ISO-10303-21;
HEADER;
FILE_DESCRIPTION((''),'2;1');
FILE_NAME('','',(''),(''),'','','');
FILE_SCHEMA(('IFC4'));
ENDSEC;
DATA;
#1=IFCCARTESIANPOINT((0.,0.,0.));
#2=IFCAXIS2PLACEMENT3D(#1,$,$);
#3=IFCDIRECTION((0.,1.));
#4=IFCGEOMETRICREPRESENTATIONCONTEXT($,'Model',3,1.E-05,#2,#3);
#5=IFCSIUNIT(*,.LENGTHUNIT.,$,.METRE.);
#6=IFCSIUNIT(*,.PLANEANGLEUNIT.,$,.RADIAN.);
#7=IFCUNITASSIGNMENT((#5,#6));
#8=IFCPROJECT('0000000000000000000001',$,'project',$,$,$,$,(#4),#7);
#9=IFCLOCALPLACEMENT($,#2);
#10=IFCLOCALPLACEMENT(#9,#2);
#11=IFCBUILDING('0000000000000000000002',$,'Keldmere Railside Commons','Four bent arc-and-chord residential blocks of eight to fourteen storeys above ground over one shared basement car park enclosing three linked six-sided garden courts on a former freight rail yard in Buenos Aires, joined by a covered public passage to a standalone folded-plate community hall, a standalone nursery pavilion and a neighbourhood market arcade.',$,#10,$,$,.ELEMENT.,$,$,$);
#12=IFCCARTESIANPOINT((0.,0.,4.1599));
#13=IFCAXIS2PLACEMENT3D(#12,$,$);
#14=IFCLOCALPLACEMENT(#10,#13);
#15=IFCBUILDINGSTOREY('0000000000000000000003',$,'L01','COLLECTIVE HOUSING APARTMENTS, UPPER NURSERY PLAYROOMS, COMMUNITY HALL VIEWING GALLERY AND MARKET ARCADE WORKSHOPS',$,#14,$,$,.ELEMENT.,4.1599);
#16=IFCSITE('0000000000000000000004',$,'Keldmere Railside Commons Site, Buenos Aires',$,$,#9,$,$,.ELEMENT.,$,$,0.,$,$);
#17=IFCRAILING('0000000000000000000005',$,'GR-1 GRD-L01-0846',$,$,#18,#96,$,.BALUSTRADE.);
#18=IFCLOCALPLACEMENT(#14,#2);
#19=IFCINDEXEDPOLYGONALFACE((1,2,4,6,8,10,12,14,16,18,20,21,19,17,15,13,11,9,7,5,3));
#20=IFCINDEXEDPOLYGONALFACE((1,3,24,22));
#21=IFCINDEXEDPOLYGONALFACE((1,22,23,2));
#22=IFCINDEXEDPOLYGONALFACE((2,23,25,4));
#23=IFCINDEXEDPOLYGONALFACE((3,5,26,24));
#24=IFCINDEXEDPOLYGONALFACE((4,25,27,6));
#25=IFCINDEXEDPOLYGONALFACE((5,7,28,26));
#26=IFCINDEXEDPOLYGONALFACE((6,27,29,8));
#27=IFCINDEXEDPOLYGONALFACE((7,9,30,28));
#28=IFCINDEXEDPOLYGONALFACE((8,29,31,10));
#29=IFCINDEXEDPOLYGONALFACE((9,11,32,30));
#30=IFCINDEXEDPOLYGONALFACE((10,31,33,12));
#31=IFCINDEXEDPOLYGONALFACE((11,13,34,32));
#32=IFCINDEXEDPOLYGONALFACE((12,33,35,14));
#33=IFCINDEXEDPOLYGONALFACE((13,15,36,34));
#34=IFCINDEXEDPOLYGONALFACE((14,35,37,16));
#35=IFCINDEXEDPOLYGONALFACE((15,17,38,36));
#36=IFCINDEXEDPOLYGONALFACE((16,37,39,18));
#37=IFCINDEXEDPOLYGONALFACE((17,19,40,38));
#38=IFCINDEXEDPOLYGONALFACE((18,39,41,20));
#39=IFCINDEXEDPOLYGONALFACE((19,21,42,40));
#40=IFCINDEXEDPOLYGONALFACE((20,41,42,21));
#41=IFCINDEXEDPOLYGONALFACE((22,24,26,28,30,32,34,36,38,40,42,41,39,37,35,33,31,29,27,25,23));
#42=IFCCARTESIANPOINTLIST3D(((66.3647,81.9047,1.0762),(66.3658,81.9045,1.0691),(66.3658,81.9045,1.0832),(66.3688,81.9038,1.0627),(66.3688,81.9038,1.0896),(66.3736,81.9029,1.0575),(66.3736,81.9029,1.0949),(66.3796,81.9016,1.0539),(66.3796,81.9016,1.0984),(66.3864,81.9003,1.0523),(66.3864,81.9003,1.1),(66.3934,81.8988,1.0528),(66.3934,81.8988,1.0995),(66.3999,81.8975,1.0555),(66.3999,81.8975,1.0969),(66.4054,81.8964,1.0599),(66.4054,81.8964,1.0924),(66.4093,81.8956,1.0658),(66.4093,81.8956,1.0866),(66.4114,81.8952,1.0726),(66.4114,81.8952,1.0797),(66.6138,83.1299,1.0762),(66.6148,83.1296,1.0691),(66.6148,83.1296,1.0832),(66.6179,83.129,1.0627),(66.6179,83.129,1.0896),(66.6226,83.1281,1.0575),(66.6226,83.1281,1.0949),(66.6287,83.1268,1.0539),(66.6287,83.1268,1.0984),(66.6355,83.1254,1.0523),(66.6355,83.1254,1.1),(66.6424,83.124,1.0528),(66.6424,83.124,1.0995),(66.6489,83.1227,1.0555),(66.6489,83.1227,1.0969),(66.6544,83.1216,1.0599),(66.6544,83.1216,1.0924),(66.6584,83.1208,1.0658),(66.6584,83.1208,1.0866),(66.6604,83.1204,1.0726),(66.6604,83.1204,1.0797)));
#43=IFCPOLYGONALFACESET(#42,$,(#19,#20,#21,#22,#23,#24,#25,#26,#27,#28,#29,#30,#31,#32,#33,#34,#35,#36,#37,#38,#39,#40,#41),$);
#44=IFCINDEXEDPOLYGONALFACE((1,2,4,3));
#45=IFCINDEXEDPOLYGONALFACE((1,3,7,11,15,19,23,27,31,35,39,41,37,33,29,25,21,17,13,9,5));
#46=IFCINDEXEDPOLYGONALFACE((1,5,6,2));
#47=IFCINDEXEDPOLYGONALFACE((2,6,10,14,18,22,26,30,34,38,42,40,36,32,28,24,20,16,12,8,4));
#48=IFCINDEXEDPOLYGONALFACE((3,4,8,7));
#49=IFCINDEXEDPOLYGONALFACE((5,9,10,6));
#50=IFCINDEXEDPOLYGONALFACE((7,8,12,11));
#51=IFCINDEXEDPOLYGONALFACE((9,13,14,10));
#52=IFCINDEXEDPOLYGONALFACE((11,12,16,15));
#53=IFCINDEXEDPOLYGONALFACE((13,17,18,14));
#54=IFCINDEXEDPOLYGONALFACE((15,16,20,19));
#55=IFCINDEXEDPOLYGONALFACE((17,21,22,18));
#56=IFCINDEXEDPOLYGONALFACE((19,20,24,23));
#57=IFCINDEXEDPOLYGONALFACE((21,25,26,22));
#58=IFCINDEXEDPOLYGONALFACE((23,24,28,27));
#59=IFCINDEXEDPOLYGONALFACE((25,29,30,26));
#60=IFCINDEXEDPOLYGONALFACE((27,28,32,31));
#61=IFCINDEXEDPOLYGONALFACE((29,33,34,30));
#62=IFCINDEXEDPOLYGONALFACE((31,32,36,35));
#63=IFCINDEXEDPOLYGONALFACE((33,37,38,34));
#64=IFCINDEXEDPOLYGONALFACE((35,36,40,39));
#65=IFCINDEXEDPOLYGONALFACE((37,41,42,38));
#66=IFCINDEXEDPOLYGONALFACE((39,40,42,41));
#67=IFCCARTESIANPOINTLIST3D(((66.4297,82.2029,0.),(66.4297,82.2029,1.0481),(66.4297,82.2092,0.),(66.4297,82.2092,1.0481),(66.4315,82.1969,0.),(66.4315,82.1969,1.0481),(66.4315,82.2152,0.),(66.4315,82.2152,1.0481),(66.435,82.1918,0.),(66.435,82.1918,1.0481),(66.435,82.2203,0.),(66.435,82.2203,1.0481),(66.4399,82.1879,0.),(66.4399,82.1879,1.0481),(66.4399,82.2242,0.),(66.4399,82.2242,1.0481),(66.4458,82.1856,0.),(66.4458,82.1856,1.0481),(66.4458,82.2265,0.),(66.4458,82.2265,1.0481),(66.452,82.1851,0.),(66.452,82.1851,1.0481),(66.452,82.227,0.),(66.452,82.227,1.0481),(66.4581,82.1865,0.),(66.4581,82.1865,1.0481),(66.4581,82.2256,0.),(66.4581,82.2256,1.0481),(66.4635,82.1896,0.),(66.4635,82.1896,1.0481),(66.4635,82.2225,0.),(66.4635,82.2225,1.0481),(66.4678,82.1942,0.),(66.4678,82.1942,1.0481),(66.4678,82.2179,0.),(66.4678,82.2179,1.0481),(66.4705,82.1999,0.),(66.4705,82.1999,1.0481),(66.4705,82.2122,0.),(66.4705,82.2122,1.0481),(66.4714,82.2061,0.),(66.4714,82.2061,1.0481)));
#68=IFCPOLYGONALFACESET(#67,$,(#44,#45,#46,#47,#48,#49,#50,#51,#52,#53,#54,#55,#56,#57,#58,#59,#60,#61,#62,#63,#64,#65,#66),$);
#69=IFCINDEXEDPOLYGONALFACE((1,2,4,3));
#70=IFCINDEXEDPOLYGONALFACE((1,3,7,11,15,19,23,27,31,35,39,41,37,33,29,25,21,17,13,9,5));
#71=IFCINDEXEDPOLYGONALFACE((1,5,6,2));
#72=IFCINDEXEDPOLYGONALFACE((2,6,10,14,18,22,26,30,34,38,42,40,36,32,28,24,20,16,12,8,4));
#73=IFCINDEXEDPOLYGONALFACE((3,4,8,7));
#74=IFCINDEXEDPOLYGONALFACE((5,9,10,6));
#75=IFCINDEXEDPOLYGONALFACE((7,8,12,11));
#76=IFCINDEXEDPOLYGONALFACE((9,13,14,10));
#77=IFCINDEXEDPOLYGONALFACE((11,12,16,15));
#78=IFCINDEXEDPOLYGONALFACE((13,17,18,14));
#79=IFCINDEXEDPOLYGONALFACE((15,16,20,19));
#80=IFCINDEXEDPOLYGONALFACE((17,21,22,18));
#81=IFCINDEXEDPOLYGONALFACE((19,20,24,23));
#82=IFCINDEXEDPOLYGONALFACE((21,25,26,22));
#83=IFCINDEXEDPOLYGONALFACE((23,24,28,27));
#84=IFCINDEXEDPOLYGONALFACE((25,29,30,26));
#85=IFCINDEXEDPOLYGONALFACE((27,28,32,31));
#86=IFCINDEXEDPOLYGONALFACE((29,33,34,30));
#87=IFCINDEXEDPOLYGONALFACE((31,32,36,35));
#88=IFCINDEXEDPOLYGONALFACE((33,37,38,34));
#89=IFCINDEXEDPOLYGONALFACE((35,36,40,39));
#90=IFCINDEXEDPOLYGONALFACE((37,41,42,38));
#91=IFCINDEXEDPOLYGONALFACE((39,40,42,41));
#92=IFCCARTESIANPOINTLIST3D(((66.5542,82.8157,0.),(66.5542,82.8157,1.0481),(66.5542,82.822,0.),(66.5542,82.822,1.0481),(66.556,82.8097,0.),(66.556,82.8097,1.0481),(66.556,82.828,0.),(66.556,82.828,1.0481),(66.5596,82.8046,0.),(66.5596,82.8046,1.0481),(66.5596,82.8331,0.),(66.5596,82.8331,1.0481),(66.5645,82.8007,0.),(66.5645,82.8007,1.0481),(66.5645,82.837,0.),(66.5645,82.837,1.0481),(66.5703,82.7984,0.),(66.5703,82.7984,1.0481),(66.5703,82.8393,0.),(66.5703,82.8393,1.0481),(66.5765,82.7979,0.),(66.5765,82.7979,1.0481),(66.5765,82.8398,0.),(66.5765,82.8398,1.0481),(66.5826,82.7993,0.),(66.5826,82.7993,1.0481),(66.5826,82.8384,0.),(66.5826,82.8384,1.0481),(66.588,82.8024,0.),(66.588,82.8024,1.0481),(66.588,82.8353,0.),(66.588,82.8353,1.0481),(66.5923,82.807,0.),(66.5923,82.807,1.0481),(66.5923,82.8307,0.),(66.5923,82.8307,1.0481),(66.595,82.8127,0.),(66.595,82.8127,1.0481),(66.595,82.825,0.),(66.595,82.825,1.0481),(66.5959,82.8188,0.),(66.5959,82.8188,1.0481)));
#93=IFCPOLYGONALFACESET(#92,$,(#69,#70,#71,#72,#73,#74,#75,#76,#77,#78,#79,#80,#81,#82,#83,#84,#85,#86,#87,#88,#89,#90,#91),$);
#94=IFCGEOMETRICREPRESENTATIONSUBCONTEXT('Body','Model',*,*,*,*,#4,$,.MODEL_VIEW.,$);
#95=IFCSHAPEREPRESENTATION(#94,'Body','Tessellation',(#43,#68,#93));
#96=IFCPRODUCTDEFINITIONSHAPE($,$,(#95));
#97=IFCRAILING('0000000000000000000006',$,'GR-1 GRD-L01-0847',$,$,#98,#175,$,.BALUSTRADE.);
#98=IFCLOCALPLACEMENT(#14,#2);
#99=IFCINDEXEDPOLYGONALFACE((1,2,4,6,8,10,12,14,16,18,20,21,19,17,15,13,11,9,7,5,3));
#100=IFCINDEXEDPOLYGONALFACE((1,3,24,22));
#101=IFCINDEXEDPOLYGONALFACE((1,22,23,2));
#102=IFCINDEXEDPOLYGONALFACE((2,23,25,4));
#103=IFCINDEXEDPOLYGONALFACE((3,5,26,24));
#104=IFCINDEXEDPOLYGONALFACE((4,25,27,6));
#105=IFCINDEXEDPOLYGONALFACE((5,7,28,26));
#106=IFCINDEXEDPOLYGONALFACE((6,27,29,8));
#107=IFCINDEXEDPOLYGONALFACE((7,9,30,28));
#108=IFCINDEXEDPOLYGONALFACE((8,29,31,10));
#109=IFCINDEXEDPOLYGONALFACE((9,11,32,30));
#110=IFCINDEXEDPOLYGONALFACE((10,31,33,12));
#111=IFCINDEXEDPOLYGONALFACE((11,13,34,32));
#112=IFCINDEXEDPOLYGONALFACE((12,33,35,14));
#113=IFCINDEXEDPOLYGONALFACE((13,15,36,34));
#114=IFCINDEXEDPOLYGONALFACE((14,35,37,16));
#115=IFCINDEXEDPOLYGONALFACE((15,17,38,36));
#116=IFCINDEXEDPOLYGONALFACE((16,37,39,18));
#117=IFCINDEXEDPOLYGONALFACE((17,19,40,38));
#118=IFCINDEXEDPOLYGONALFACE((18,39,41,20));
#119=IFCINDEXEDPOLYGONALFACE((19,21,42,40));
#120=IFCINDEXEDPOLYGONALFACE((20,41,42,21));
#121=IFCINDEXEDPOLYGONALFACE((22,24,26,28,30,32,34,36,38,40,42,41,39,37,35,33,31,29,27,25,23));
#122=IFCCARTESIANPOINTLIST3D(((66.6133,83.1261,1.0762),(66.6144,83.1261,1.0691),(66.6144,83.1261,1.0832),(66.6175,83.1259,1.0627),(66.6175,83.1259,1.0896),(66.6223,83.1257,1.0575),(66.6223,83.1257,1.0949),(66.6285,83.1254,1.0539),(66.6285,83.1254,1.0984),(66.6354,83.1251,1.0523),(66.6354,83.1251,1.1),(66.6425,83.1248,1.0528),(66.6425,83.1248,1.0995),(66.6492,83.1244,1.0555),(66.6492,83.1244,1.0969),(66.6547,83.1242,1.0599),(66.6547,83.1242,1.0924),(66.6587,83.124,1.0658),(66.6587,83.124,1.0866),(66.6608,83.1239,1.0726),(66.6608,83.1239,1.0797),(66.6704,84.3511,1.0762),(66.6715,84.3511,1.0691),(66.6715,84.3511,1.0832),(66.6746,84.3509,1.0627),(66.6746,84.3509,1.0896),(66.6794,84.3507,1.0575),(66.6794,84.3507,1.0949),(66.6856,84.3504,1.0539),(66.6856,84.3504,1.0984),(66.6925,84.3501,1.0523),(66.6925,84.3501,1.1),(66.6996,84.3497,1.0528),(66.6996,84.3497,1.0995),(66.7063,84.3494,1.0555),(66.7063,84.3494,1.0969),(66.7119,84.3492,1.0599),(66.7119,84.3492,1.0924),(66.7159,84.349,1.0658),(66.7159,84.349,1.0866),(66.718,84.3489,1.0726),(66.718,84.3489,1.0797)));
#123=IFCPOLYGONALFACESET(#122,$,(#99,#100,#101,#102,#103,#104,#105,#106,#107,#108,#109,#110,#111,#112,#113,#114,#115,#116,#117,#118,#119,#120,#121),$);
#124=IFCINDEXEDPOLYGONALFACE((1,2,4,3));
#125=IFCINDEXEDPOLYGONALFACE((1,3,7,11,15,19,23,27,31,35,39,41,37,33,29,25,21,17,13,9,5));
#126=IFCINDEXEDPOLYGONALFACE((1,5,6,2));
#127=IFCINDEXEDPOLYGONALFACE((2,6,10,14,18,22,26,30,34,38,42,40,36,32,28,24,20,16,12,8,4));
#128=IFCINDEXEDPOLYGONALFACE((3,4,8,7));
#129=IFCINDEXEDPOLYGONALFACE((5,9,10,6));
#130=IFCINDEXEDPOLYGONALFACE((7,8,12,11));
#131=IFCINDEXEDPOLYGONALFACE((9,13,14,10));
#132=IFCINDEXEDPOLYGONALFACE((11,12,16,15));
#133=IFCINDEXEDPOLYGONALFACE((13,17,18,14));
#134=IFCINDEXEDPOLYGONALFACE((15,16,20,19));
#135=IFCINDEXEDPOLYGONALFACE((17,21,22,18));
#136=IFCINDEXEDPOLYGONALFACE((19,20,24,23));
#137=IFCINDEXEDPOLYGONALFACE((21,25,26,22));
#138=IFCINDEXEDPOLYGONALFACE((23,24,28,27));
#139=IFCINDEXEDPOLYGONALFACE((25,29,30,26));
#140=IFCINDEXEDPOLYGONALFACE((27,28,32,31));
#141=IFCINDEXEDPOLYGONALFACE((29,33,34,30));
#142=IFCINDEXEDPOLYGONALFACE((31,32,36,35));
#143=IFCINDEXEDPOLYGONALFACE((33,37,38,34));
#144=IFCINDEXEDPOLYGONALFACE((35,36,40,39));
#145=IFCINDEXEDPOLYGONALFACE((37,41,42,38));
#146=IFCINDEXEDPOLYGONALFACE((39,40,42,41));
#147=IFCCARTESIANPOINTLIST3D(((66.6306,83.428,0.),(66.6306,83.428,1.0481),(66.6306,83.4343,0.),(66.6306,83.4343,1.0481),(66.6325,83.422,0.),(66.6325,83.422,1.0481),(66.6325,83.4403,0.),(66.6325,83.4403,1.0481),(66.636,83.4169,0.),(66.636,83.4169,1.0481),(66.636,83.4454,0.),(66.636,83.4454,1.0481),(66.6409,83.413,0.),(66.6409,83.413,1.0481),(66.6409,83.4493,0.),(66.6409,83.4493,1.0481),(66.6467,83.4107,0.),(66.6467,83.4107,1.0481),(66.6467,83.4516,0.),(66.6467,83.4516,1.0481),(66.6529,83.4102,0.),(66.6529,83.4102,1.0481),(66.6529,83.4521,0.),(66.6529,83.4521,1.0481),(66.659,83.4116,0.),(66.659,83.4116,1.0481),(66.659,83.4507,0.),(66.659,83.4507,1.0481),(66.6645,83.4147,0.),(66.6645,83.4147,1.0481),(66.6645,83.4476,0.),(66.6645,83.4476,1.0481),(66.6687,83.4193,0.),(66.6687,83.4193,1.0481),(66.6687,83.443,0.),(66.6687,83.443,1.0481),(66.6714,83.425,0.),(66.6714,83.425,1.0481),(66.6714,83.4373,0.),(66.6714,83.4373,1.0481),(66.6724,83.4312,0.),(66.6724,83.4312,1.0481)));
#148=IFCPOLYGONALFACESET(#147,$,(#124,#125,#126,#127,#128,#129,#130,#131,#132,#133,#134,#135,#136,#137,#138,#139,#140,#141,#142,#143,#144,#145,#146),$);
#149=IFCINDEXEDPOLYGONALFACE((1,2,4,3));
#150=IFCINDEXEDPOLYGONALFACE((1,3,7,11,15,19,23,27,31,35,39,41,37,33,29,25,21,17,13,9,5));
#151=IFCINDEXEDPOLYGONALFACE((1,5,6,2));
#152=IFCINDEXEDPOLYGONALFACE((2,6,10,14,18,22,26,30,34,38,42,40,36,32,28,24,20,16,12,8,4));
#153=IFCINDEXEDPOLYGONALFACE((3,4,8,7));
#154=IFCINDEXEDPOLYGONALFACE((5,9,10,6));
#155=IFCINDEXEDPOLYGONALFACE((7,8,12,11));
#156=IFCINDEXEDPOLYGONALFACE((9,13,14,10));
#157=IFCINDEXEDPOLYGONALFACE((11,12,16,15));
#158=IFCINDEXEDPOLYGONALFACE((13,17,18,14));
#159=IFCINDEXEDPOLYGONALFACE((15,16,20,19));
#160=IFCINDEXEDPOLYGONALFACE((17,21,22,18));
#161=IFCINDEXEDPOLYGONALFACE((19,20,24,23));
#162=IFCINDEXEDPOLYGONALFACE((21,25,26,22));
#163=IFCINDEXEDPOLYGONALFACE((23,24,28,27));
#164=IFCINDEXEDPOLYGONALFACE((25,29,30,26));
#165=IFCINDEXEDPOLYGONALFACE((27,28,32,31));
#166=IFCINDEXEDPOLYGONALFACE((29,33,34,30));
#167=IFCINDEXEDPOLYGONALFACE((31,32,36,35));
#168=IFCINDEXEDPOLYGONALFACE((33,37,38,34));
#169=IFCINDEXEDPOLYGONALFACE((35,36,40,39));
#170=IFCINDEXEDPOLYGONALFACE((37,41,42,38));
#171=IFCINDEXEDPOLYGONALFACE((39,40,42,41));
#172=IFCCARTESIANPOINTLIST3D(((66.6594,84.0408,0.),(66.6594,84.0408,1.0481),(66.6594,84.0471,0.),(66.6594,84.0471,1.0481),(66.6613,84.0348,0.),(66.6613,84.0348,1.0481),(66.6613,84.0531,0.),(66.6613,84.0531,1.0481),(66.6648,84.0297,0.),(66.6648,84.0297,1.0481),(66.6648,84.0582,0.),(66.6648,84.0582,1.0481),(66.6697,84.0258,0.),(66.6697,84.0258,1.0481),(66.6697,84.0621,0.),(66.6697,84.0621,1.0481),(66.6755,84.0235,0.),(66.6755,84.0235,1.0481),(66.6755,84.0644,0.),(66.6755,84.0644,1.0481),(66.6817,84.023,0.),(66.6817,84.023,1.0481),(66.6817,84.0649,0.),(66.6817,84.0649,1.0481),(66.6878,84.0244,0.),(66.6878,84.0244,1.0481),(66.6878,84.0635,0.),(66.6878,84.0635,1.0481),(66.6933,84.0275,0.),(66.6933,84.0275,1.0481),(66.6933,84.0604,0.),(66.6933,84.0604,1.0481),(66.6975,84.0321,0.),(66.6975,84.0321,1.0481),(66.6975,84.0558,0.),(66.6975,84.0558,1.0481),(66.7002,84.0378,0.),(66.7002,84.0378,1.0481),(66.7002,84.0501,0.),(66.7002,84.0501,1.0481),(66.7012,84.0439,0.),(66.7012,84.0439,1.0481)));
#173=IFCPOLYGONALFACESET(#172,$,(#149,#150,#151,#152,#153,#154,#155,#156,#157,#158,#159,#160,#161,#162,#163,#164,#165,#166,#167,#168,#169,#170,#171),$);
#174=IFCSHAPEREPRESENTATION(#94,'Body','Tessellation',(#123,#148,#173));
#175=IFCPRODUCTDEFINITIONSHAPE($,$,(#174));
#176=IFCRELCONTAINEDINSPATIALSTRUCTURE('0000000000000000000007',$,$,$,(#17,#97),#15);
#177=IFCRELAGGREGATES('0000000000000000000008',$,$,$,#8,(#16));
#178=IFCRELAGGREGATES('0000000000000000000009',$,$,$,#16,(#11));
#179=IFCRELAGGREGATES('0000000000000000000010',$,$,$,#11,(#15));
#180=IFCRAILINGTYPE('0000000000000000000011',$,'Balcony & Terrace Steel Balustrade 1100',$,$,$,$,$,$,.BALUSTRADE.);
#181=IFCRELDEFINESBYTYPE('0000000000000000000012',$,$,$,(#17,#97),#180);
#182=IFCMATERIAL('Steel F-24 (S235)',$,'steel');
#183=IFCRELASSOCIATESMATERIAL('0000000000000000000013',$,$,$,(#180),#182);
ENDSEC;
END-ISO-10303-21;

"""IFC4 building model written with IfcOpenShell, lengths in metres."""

from ifc_helpers import new_model, si_unit, direction, frame, origin, origin_2d, place, context, subcontext, project, spatial, circle, extrude, material, type_object, element, save


model = new_model("IFC4")

# Units and contexts
model_context = context("Model", 3, precision=1e-05, world=origin(), true_north=direction((0.0, 1.0)))
body_context = subcontext(model_context, "Body", "Model", "MODEL_VIEW")
ifc_project = project(units=[si_unit("LENGTHUNIT", "METRE"), si_unit("PLANEANGLEUNIT", "RADIAN")], contexts=[model_context])

# Site, building, storey
site_placement = place(None, origin())
site = spatial("IfcSite", under=ifc_project, at=site_placement, Name="Keldmere Railside Commons Site, Buenos Aires", CompositionType="ELEMENT", RefElevation=0.0)
building_placement = place(site_placement, origin())
building = spatial("IfcBuilding", under=site, at=building_placement, Name="Keldmere Railside Commons", Description="Four bent arc-and-chord residential blocks of eight to fourteen storeys above ground over one shared basement car park enclosing three linked six-sided garden courts on a former freight rail yard in Buenos Aires, joined by a covered public passage to a standalone folded-plate community hall, a standalone nursery pavilion and a neighbourhood market arcade.", CompositionType="ELEMENT")
storey_placement = place(building_placement, frame((0.0, 0.0, 4.1599)))
storey = spatial("IfcBuildingStorey", under=building, at=storey_placement, Name="L01", Description="COLLECTIVE HOUSING APARTMENTS, UPPER NURSERY PLAYROOMS, COMMUNITY HALL VIEWING GALLERY AND MARKET ARCADE WORKSHOPS", CompositionType="ELEMENT", Elevation=4.1599)

# Railings
ifc_material_1 = material(Name="Steel F-24 (S235)", Category="steel")
railing_type = type_object("IfcRailingType", Name="Balcony & Terrace Steel Balustrade 1100", PredefinedType="BALUSTRADE", material=ifc_material_1)
railing_1_placement = place(storey_placement, frame((66.3882, 81.8999, 0.0)))
element("IfcRailing", 1, at=railing_1_placement, inside=storey, type_object=railing_type, Name="GR-1 GRD-L01-0846", PredefinedType="BALUSTRADE", context=body_context, shape_type="SweptSolid", body=[
    extrude(circle(Radius=0.0239, at=origin_2d()), frame((0.0, 0.0, 1.0762), z_axis=(0.199195, 0.97996, 0.0), x_axis=(-0.97996, 0.199195, 0.0)), (0.0, 0.0, 1.0), 1.2502),
    extrude(circle(Radius=0.021, at=origin_2d()), frame((0.0623, 0.3062, 0.0)), (0.0, 0.0, 1.0), 1.0481),
    extrude(circle(Radius=0.021, at=origin_2d()), frame((0.1868, 0.9189, 0.0)), (0.0, 0.0, 1.0), 1.0481),
])
railing_2_placement = place(storey_placement, frame((66.6372, 83.125, 0.0)))
element("IfcRailing", 2, at=railing_2_placement, inside=storey, type_object=railing_type, Name="GR-1 GRD-L01-0847", PredefinedType="BALUSTRADE", context=body_context, shape_type="SweptSolid", body=[
    extrude(circle(Radius=0.0239, at=origin_2d()), frame((0.0, 0.0, 1.0762), z_axis=(0.046582, 0.998914, 0.0), x_axis=(-0.998914, 0.046582, 0.0)), (0.0, 0.0, 1.0), 1.2263),
    extrude(circle(Radius=0.021, at=origin_2d()), frame((0.0142, 0.3062, 0.0)), (0.0, 0.0, 1.0), 1.0481),
    extrude(circle(Radius=0.021, at=origin_2d()), frame((0.043, 0.9189, 0.0)), (0.0, 0.0, 1.0), 1.0481),
])

save(model, "model.ifc")
